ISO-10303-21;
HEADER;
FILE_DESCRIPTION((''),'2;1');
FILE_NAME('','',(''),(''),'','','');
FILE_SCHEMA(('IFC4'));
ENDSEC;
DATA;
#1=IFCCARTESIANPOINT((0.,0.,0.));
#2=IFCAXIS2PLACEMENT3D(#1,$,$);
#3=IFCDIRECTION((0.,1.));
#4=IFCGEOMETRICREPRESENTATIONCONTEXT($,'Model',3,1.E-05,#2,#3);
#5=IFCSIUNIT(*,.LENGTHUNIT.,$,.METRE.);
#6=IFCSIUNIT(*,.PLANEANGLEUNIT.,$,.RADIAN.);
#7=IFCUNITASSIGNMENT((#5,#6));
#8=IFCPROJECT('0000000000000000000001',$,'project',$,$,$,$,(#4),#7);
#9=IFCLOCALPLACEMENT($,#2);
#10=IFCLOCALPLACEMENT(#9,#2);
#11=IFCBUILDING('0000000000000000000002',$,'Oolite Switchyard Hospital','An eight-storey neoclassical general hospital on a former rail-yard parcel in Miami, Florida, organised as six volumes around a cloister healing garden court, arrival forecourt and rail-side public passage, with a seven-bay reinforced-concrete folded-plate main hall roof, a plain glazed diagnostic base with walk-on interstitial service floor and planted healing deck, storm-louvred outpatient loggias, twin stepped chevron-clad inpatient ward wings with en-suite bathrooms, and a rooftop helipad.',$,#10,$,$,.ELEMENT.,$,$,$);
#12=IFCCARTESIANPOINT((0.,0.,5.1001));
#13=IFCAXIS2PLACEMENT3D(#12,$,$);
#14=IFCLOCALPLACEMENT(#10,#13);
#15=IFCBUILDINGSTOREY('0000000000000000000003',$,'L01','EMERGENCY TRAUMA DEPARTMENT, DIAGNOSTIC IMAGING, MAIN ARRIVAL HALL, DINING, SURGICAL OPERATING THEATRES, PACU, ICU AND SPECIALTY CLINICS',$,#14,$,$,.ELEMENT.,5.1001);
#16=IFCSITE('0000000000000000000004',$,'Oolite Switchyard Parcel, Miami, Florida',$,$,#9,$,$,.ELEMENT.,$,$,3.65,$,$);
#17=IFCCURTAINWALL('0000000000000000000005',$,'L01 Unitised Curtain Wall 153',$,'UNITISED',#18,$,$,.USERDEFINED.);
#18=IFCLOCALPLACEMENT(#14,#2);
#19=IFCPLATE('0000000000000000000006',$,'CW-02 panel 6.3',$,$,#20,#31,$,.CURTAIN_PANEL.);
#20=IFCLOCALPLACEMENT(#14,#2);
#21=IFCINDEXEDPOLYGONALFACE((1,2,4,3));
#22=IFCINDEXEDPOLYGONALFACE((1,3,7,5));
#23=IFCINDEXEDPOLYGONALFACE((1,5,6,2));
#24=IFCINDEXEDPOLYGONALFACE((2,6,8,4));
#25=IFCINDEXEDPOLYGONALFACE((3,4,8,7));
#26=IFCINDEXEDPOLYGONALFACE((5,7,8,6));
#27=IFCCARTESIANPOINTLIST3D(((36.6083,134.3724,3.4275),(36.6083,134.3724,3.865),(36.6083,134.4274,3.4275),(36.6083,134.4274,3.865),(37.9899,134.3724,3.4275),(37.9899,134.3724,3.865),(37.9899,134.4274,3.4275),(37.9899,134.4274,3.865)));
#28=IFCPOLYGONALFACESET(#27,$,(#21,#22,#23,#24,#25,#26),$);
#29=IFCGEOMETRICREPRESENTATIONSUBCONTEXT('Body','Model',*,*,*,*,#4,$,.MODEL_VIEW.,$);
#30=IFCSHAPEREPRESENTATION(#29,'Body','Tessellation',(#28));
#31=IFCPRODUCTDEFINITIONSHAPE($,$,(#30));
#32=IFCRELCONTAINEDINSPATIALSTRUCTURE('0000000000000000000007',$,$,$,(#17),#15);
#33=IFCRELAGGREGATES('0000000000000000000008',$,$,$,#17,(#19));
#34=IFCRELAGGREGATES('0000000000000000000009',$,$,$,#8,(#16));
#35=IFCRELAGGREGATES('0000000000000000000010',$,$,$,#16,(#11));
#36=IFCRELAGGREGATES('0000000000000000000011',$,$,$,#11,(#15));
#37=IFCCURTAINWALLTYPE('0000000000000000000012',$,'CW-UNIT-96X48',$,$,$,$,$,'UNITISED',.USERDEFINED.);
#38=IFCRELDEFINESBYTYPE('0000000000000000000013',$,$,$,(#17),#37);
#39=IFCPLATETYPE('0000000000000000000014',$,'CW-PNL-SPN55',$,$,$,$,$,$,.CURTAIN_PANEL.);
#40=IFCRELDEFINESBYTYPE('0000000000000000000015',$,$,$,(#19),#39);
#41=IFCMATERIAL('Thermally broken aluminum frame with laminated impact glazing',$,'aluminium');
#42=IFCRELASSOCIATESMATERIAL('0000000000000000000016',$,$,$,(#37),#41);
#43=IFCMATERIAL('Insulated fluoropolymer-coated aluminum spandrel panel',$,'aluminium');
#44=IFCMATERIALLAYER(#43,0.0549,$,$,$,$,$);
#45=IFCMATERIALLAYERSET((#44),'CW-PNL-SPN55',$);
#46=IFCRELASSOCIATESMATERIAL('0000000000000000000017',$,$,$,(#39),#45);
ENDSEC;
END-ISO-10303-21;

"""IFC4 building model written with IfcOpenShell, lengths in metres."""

from ifc_helpers import new_model, si_unit, direction, frame, origin, origin_2d, place, context, subcontext, project, spatial, rectangle, extrude, material, layer, layer_set, type_object, element, aggregate, save


model = new_model("IFC4")

# Units and contexts
model_context = context("Model", 3, precision=1e-05, world=origin(), true_north=direction((0.0, 1.0)))
body_context = subcontext(model_context, "Body", "Model", "MODEL_VIEW")
ifc_project = project(units=[si_unit("LENGTHUNIT", "METRE"), si_unit("PLANEANGLEUNIT", "RADIAN")], contexts=[model_context])

# Site, building, storey
site_placement = place(None, origin())
site = spatial("IfcSite", under=ifc_project, at=site_placement, Name="Oolite Switchyard Parcel, Miami, Florida", CompositionType="ELEMENT", RefElevation=3.65)
building_placement = place(site_placement, origin())
building = spatial("IfcBuilding", under=site, at=building_placement, Name="Oolite Switchyard Hospital", Description="An eight-storey neoclassical general hospital on a former rail-yard parcel in Miami, Florida, organised as six volumes around a cloister healing garden court, arrival forecourt and rail-side public passage, with a seven-bay reinforced-concrete folded-plate main hall roof, a plain glazed diagnostic base with walk-on interstitial service floor and planted healing deck, storm-louvred outpatient loggias, twin stepped chevron-clad inpatient ward wings with en-suite bathrooms, and a rooftop helipad.", CompositionType="ELEMENT")
storey_placement = place(building_placement, frame((0.0, 0.0, 5.1001)))
storey = spatial("IfcBuildingStorey", under=building, at=storey_placement, Name="L01", Description="EMERGENCY TRAUMA DEPARTMENT, DIAGNOSTIC IMAGING, MAIN ARRIVAL HALL, DINING, SURGICAL OPERATING THEATRES, PACU, ICU AND SPECIALTY CLINICS", CompositionType="ELEMENT", Elevation=5.1001)

# Curtain wall
ifc_material_1 = material(Name="Thermally broken aluminum frame with laminated impact glazing", Category="aluminium")
curtain_wall_type = type_object("IfcCurtainWallType", Name="CW-UNIT-96X48", ElementType="UNITISED", PredefinedType="USERDEFINED", material=ifc_material_1)
curtain_wall_1_placement = place(storey_placement, origin())
curtain_wall_1 = element("IfcCurtainWall", 1, at=curtain_wall_1_placement, inside=storey, type_object=curtain_wall_type, Name="L01 Unitised Curtain Wall 153", ObjectType="UNITISED", PredefinedType="USERDEFINED")

# Plate
ifc_material_2 = material(Name="Insulated fluoropolymer-coated aluminum spandrel panel", Category="aluminium")
ifc_layer = layer(ifc_material_2, 0.0549)
ifc_layer_set = layer_set([ifc_layer], Name="CW-PNL-SPN55")
plate_type = type_object("IfcPlateType", Name="CW-PNL-SPN55", PredefinedType="CURTAIN_PANEL", material=ifc_layer_set)
plate_1_placement = place(storey_placement, frame((37.2991, 134.3999, 3.4275), z_axis=(0.0, 0.0, 1.0), x_axis=(1.0, 0.0, 0.0)))
plate_1 = element("IfcPlate", 2, at=plate_1_placement, type_object=plate_type, Name="CW-02 panel 6.3", PredefinedType="CURTAIN_PANEL", context=body_context, shape_type="SweptSolid", body=[
    extrude(rectangle(XDim=1.3816, YDim=0.0549, at=origin_2d()), origin(), (0.0, 0.0, 1.0), 0.4375),
])
aggregate(curtain_wall_1, [plate_1])

save(model, "model.ifc")
